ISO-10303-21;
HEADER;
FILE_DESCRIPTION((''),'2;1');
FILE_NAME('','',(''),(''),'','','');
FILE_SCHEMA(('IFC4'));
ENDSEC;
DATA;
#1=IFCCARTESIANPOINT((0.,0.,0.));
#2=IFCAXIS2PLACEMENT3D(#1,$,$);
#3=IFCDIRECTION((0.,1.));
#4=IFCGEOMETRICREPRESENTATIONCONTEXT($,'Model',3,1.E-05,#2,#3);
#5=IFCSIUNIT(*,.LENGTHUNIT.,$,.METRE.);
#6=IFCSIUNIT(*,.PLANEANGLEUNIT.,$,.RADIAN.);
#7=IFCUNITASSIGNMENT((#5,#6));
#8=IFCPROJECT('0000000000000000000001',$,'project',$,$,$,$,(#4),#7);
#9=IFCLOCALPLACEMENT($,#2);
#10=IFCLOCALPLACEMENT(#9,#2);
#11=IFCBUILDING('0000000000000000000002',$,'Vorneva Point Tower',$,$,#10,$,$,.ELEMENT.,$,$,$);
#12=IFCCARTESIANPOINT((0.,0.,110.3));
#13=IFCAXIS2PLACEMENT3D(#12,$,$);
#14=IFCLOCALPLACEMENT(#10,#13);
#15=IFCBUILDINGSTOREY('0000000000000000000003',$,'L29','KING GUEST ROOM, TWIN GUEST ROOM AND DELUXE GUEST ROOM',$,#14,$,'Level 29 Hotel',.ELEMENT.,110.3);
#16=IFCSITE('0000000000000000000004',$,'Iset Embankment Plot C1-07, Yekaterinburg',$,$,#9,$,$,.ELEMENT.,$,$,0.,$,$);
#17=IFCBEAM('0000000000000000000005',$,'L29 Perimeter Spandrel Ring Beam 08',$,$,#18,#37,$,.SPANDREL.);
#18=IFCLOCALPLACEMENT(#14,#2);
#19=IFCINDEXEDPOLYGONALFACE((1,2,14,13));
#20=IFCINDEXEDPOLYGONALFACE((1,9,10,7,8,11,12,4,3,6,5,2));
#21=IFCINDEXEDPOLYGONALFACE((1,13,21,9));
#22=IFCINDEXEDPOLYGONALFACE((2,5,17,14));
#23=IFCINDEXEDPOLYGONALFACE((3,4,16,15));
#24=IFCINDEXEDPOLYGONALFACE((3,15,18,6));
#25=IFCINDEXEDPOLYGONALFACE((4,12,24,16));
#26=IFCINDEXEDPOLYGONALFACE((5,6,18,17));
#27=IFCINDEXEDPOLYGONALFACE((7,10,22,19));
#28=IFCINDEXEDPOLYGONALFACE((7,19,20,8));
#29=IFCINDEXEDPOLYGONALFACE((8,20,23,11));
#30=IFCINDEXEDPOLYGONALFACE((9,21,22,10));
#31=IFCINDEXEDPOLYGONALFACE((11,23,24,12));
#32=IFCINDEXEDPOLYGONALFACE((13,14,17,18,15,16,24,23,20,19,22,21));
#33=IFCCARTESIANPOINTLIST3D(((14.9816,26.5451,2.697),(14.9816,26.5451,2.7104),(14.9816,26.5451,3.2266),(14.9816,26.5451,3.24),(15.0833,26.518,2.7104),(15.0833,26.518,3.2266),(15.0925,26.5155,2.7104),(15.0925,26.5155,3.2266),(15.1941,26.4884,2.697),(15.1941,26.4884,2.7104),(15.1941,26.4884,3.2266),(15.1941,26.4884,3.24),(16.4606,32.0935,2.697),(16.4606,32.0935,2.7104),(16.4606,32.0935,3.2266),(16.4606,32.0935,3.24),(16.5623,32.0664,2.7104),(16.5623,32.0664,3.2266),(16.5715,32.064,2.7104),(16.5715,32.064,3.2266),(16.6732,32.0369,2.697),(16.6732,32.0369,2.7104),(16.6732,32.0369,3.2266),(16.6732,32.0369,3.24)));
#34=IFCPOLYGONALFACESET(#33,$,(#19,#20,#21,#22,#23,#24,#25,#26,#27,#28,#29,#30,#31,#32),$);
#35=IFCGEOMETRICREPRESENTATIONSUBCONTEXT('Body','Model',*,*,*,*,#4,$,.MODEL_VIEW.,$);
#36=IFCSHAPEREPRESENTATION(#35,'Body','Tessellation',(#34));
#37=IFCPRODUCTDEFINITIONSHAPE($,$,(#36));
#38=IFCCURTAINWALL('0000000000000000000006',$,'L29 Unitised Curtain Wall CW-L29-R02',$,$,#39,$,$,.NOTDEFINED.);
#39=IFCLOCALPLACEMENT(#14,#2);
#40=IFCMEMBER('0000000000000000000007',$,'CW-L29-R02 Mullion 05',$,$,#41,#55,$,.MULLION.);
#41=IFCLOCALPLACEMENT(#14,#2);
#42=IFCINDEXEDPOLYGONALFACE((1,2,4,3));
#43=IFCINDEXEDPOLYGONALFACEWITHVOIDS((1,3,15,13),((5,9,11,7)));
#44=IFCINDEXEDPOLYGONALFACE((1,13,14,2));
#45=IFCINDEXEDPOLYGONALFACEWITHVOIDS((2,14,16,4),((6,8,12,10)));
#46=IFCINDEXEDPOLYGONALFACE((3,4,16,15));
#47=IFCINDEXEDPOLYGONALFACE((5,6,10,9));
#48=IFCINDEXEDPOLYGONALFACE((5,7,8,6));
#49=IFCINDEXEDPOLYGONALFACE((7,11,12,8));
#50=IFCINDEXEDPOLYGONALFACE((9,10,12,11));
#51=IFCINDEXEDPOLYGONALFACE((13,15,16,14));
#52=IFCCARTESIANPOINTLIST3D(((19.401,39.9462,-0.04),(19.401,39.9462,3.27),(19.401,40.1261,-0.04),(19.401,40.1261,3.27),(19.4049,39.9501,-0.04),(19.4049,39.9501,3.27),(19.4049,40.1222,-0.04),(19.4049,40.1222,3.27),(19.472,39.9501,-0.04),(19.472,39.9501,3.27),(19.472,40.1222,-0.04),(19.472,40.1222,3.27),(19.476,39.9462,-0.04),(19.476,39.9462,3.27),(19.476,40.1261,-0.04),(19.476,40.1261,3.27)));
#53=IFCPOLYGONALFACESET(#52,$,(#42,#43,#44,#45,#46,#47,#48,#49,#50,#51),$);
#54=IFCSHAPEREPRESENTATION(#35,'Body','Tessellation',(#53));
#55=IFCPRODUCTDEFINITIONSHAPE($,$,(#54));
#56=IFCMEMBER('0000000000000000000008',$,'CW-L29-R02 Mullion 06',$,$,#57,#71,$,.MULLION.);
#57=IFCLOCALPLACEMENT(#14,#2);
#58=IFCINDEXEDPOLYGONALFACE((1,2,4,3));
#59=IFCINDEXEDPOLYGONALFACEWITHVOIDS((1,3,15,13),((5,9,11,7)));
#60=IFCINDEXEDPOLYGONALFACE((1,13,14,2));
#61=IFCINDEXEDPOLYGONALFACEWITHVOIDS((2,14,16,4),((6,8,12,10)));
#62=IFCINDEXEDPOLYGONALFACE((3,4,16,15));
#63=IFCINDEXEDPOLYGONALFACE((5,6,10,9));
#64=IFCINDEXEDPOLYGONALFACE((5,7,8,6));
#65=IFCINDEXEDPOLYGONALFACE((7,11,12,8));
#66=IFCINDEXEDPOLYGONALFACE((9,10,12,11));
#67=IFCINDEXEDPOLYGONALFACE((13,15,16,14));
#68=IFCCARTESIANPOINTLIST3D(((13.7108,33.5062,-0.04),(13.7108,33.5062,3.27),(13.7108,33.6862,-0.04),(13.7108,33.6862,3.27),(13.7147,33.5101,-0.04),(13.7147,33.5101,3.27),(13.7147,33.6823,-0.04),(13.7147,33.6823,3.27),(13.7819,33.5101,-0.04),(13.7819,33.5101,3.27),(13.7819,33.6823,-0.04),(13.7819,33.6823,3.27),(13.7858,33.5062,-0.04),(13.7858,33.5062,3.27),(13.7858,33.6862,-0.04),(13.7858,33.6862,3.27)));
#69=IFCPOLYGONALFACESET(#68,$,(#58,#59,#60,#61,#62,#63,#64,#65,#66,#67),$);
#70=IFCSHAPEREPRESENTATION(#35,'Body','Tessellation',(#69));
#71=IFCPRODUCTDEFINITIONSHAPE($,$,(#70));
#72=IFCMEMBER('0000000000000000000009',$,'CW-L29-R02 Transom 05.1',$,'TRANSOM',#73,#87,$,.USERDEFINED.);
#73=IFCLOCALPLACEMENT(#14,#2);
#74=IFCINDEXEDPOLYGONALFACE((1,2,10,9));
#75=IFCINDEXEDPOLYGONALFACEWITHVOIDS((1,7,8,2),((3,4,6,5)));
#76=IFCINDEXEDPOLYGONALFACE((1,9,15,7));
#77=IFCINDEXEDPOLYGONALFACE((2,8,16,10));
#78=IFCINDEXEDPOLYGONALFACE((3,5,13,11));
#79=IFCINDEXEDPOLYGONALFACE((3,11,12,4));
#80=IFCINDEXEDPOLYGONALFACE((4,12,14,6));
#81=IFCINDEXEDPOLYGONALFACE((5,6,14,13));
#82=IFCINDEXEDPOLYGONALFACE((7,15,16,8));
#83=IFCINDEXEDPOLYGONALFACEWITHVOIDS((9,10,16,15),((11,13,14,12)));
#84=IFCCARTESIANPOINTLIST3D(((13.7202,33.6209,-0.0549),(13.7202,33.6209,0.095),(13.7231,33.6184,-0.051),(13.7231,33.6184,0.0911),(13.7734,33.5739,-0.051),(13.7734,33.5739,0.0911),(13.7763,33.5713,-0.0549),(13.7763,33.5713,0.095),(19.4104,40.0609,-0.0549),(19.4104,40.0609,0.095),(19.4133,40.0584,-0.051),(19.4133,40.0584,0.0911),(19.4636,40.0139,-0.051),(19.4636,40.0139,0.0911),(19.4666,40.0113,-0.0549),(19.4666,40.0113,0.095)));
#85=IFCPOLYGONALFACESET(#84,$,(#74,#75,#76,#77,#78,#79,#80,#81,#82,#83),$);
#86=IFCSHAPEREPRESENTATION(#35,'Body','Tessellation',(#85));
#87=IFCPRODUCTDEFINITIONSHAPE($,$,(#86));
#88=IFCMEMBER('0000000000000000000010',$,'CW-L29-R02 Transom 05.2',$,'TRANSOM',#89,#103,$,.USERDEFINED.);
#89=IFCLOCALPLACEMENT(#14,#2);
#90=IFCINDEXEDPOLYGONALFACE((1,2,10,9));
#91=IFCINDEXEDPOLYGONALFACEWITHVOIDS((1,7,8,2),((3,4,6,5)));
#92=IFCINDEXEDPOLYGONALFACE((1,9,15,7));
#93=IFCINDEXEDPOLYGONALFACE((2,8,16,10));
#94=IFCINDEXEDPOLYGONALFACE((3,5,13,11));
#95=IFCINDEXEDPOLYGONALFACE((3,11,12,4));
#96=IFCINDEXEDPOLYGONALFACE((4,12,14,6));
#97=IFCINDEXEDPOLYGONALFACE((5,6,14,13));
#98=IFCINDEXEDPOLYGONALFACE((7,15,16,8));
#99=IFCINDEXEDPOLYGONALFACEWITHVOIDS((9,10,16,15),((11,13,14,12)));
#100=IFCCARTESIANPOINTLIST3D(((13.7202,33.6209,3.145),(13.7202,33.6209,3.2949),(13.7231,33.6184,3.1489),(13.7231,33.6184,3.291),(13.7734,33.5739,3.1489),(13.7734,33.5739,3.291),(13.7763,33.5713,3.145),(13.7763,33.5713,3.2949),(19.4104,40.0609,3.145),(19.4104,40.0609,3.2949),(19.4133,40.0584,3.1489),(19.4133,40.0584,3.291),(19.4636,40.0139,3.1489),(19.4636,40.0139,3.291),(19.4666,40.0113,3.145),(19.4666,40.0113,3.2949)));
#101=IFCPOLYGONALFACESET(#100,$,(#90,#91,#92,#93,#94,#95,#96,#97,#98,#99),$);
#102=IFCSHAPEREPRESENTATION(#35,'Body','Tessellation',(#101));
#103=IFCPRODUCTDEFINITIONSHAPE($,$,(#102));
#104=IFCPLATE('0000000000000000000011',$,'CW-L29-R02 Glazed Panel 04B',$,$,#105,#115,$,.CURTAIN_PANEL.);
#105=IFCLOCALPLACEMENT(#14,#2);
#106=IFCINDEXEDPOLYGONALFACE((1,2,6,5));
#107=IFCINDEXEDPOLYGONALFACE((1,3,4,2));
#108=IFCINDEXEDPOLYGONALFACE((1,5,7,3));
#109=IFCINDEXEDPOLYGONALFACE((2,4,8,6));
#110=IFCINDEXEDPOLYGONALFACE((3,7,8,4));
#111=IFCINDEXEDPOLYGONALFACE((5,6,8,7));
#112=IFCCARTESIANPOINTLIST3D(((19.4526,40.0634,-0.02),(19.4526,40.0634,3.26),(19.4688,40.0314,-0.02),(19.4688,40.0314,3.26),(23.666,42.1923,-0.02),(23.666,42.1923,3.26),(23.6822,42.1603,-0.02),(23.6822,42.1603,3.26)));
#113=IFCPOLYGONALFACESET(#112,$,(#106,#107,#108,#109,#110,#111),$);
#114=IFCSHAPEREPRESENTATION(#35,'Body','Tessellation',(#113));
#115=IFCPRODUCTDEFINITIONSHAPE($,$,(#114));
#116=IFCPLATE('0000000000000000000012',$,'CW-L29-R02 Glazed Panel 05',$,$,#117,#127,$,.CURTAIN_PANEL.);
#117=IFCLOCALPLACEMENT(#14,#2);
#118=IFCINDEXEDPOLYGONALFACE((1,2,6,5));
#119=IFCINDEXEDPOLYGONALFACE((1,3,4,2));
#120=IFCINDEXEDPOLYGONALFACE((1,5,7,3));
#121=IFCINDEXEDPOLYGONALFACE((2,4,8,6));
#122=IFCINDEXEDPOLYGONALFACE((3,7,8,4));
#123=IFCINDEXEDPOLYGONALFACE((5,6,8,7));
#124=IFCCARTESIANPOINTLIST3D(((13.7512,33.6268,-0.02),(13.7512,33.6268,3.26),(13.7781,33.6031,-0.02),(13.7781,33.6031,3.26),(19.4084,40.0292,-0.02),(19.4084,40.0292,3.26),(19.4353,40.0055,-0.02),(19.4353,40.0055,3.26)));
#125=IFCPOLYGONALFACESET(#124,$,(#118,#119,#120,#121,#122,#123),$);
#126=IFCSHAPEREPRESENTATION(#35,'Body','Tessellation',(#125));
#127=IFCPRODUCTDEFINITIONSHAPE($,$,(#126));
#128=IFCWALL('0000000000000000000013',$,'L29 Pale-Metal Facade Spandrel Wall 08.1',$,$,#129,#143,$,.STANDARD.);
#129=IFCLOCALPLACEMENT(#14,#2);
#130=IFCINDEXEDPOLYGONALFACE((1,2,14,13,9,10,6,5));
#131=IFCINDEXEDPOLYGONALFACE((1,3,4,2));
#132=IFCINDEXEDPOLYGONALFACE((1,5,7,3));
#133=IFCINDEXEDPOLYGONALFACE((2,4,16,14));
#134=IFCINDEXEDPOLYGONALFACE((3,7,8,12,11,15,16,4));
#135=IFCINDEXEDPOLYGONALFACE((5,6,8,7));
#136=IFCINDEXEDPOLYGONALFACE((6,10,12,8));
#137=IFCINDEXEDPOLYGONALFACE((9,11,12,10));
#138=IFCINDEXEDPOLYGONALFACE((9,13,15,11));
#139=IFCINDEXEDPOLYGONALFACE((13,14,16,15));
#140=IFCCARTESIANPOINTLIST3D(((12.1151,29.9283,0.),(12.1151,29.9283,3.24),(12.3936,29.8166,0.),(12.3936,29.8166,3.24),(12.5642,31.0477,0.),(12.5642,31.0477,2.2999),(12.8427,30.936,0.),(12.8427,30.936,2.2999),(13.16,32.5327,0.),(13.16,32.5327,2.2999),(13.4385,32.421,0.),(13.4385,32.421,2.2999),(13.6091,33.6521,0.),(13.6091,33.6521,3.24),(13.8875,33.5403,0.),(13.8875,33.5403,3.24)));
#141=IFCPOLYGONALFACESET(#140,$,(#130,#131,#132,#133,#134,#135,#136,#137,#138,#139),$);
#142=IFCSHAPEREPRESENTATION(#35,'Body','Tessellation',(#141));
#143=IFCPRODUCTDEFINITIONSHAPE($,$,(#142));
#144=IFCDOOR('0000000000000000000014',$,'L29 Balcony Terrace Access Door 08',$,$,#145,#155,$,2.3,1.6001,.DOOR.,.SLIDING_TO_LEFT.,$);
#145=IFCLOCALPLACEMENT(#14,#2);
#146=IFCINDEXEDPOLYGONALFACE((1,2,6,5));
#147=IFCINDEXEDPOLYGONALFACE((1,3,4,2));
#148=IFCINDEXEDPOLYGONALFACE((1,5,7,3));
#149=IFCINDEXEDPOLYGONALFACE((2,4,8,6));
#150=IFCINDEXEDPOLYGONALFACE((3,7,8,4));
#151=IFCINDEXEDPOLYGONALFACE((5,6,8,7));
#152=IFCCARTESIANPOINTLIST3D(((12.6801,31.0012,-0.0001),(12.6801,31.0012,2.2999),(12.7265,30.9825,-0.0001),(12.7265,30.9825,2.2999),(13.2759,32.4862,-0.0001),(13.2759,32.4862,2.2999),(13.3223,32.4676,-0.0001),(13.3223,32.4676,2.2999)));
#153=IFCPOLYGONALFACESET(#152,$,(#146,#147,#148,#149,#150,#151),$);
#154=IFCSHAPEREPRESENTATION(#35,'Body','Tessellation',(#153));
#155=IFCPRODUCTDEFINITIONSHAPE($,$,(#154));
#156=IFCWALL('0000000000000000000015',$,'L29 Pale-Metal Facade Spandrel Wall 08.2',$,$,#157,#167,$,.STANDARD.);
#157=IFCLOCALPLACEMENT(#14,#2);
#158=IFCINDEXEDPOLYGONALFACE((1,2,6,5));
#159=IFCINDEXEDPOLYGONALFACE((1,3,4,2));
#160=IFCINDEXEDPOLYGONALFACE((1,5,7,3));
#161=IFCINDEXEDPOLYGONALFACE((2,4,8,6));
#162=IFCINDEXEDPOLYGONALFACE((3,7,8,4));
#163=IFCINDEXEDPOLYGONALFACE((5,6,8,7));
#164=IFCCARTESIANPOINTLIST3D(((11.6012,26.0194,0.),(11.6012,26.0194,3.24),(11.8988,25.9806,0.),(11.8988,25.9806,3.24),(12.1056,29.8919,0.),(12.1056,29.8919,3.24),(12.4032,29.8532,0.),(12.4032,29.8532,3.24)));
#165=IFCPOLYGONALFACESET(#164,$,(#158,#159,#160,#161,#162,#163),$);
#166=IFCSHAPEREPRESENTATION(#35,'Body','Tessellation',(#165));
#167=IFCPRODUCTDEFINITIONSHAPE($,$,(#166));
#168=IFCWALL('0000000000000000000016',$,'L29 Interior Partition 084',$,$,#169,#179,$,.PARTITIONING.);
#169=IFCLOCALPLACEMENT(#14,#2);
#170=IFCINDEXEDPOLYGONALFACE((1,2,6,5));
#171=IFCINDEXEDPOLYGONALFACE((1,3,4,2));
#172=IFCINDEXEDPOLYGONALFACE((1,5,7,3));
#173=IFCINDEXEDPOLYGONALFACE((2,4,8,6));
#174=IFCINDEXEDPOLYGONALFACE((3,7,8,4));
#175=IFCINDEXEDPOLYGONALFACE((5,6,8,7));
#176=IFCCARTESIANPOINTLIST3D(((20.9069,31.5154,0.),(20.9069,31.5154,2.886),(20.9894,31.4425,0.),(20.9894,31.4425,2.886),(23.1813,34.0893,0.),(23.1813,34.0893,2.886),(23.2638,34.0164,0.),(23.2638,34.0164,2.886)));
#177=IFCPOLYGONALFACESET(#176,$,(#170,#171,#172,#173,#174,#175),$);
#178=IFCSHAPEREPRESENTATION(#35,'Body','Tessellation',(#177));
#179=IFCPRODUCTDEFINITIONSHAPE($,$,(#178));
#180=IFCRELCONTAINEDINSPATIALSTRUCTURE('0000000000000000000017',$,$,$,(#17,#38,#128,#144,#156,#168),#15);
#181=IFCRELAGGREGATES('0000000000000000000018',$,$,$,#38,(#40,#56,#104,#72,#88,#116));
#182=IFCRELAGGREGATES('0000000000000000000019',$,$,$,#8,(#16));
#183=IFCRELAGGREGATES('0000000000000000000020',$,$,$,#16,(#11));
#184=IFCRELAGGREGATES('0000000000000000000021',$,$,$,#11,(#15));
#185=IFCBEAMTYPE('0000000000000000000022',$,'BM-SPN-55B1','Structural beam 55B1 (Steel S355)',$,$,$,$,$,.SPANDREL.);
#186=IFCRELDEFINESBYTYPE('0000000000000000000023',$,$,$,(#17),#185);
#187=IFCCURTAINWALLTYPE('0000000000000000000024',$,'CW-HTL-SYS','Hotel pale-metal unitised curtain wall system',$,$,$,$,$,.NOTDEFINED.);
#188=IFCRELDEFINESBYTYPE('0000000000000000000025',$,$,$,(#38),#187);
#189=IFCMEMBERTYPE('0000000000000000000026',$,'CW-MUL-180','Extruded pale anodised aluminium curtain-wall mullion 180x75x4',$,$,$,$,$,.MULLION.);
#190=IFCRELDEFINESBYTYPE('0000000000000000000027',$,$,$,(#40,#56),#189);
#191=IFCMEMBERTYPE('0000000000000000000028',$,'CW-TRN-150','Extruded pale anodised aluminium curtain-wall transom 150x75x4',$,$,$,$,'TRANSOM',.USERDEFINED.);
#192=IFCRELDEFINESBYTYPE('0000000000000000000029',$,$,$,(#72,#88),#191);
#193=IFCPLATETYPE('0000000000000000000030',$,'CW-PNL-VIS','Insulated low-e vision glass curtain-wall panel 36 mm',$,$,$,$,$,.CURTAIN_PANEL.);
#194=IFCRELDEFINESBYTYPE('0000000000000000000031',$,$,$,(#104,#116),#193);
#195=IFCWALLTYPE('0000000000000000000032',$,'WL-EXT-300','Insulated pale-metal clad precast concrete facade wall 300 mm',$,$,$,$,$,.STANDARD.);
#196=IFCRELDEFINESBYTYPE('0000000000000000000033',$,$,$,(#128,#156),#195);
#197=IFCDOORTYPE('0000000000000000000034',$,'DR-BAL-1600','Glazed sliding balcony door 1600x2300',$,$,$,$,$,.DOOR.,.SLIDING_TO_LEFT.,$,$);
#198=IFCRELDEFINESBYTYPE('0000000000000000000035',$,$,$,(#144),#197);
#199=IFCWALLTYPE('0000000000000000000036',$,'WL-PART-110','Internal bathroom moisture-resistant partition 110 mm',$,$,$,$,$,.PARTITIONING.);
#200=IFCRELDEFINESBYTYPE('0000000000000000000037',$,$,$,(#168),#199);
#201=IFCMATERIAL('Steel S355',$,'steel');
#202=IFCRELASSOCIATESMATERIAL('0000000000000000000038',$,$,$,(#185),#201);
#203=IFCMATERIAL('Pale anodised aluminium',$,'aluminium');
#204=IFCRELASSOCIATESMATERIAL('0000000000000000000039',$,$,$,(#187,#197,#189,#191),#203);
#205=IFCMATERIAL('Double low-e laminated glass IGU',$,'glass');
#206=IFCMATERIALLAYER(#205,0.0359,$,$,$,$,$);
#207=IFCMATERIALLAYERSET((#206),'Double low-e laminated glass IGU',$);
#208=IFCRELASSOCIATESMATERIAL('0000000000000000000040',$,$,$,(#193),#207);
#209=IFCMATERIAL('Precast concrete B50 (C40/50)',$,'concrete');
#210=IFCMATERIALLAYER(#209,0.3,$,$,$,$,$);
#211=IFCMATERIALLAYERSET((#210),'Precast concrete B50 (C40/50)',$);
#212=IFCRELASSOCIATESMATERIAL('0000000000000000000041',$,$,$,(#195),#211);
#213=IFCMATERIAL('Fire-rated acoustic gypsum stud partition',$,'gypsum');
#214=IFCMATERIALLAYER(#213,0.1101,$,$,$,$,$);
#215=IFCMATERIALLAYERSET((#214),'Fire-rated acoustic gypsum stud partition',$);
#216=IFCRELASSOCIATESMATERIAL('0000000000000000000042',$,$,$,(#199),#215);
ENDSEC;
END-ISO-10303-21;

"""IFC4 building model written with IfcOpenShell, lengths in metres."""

from ifc_helpers import new_model, si_unit, direction, frame, frame_2d, origin, origin_2d, place, context, subcontext, project, spatial, rectangle, hollow_rectangle, i_section, extrude, material, layer, layer_set, material_profile, profile_set, type_object, element, fill, aggregate, save


model = new_model("IFC4")

# Units and contexts
model_context = context("Model", 3, precision=1e-05, world=origin(), true_north=direction((0.0, 1.0)))
body_context = subcontext(model_context, "Body", "Model", "MODEL_VIEW")
ifc_project = project(units=[si_unit("LENGTHUNIT", "METRE"), si_unit("PLANEANGLEUNIT", "RADIAN")], contexts=[model_context])

# Site, building, storey
site_placement = place(None, origin())
site = spatial("IfcSite", under=ifc_project, at=site_placement, Name="Iset Embankment Plot C1-07, Yekaterinburg", CompositionType="ELEMENT", RefElevation=0.0)
building_placement = place(site_placement, origin())
building = spatial("IfcBuilding", under=site, at=building_placement, Name="Vorneva Point Tower", CompositionType="ELEMENT")
storey_placement = place(building_placement, frame((0.0, 0.0, 110.3)))
storey = spatial("IfcBuildingStorey", under=building, at=storey_placement, Name="L29", Description="KING GUEST ROOM, TWIN GUEST ROOM AND DELUXE GUEST ROOM", LongName="Level 29 Hotel", CompositionType="ELEMENT", Elevation=110.3)

# Beam
ifc_material_1 = material(Name="Steel S355", Category="steel")
ifc_material_profile_1 = material_profile(ifc_material_1, i_section(OverallWidth=0.22, OverallDepth=0.543, WebThickness=0.0095, FlangeThickness=0.0134, at=origin_2d()), Name="55B1")
ifc_profile_set_1 = profile_set([ifc_material_profile_1], Name="Steel S355")
beam_type_1 = type_object("IfcBeamType", Name="BM-SPN-55B1", Description="Structural beam 55B1 (Steel S355)", PredefinedType="SPANDREL", material=ifc_profile_set_1)
beam_1_placement = place(storey_placement, frame((16.5669, 32.0652, 2.9685), z_axis=(-0.257573, -0.966259, 0.0), x_axis=(0.966259, -0.257573, 0.0)))
element("IfcBeam", 1, at=beam_1_placement, inside=storey, type_object=beam_type_1, Name="L29 Perimeter Spandrel Ring Beam 08", PredefinedType="SPANDREL", context=body_context, shape_type="SweptSolid", body=[
    extrude(i_section(OverallWidth=0.22, OverallDepth=0.543, WebThickness=0.0095, FlangeThickness=0.0134, at=origin_2d()), origin(), (0.0, 0.0, 1.0), 5.7422),
])

# Curtain wall, members, plates
ifc_material_2 = material(Name="Pale anodised aluminium", Category="aluminium")
curtain_wall_type = type_object("IfcCurtainWallType", Name="CW-HTL-SYS", Description="Hotel pale-metal unitised curtain wall system", PredefinedType="NOTDEFINED", material=ifc_material_2)
curtain_wall_placement = place(storey_placement, origin())
curtain_wall = element("IfcCurtainWall", 2, at=curtain_wall_placement, inside=storey, type_object=curtain_wall_type, Name="L29 Unitised Curtain Wall CW-L29-R02", PredefinedType="NOTDEFINED")
ifc_material_profile_2 = material_profile(ifc_material_2, hollow_rectangle(XDim=0.075, YDim=0.1799, WallThickness=0.0039, at=origin_2d()), Name="AL-MUL 180x75x4")
ifc_profile_set_2 = profile_set([ifc_material_profile_2], Name="Pale anodised aluminium")
member_type_1 = type_object("IfcMemberType", Name="CW-MUL-180", Description="Extruded pale anodised aluminium curtain-wall mullion 180x75x4", PredefinedType="MULLION", material=ifc_profile_set_2)
member_1_placement = place(storey_placement, frame((19.4385, 40.0361, -0.04), z_axis=(0.0, 0.0, 1.0), x_axis=(1.0, 0.0, 0.0)))
member_1 = element("IfcMember", 3, at=member_1_placement, type_object=member_type_1, Name="CW-L29-R02 Mullion 05", PredefinedType="MULLION", context=body_context, shape_type="SweptSolid", body=[
    extrude(hollow_rectangle(XDim=0.075, YDim=0.1799, WallThickness=0.0039, at=origin_2d()), origin(), (0.0, 0.0, 1.0), 3.3101),
])
member_2_placement = place(storey_placement, frame((13.7483, 33.5962, -0.04), z_axis=(0.0, 0.0, 1.0), x_axis=(1.0, 0.0, 0.0)))
member_2 = element("IfcMember", 4, at=member_2_placement, type_object=member_type_1, Name="CW-L29-R02 Mullion 06", PredefinedType="MULLION", context=body_context, shape_type="SweptSolid", body=[
    extrude(hollow_rectangle(XDim=0.075, YDim=0.1799, WallThickness=0.0039, at=origin_2d()), origin(), (0.0, 0.0, 1.0), 3.3101),
])
ifc_material_profile_3 = material_profile(ifc_material_2, hollow_rectangle(XDim=0.075, YDim=0.1499, WallThickness=0.0039, at=origin_2d()), Name="AL-TRN 150x75x4")
ifc_profile_set_3 = profile_set([ifc_material_profile_3], Name="Pale anodised aluminium")
member_type_2 = type_object("IfcMemberType", Name="CW-TRN-150", Description="Extruded pale anodised aluminium curtain-wall transom 150x75x4", ElementType="TRANSOM", PredefinedType="USERDEFINED", material=ifc_profile_set_3)
member_3_placement = place(storey_placement, frame((19.4385, 40.0361, 0.02), z_axis=(-0.662137, -0.749383, 0.0), x_axis=(0.749383, -0.662137, 0.0)))
member_3 = element("IfcMember", 5, at=member_3_placement, type_object=member_type_2, Name="CW-L29-R02 Transom 05.1", ObjectType="TRANSOM", PredefinedType="USERDEFINED", context=body_context, shape_type="SweptSolid", body=[
    extrude(hollow_rectangle(XDim=0.075, YDim=0.1499, WallThickness=0.0039, at=origin_2d()), origin(), (0.0, 0.0, 1.0), 8.5938),
])
member_4_placement = place(storey_placement, frame((19.4385, 40.0361, 3.22), z_axis=(-0.662137, -0.749383, 0.0), x_axis=(0.749383, -0.662137, 0.0)))
member_4 = element("IfcMember", 6, at=member_4_placement, type_object=member_type_2, Name="CW-L29-R02 Transom 05.2", ObjectType="TRANSOM", PredefinedType="USERDEFINED", context=body_context, shape_type="SweptSolid", body=[
    extrude(hollow_rectangle(XDim=0.075, YDim=0.1499, WallThickness=0.0039, at=origin_2d()), origin(), (0.0, 0.0, 1.0), 8.5938),
])
ifc_material_3 = material(Name="Double low-e laminated glass IGU", Category="glass")
ifc_layer_1 = layer(ifc_material_3, 0.0359)
ifc_layer_set_1 = layer_set([ifc_layer_1], Name="Double low-e laminated glass IGU")
plate_type = type_object("IfcPlateType", Name="CW-PNL-VIS", Description="Insulated low-e vision glass curtain-wall panel 36 mm", PredefinedType="CURTAIN_PANEL", material=ifc_layer_set_1)
plate_1_placement = place(storey_placement, frame((21.5674, 41.1118, -0.02), z_axis=(0.0, 0.0, 1.0), x_axis=(-0.892539, -0.450971, 0.0)))
plate_1 = element("IfcPlate", 7, at=plate_1_placement, type_object=plate_type, Name="CW-L29-R02 Glazed Panel 04B", PredefinedType="CURTAIN_PANEL", context=body_context, shape_type="SweptSolid", body=[
    extrude(rectangle(XDim=4.7207, YDim=0.0359, at=origin_2d()), origin(), (0.0, 0.0, 1.0), 3.28),
])
plate_2_placement = place(storey_placement, frame((16.5933, 36.8162, -0.02), z_axis=(0.0, 0.0, 1.0), x_axis=(-0.662149, -0.749372, 0.0)))
plate_2 = element("IfcPlate", 8, at=plate_2_placement, type_object=plate_type, Name="CW-L29-R02 Glazed Panel 05", PredefinedType="CURTAIN_PANEL", context=body_context, shape_type="SweptSolid", body=[
    extrude(rectangle(XDim=8.5437, YDim=0.0359, at=origin_2d()), origin(), (0.0, 0.0, 1.0), 3.28),
])
aggregate(curtain_wall, [member_1, member_2, plate_1, member_3, member_4, plate_2])

# Wall, opening, door
ifc_material_4 = material(Name="Precast concrete B50 (C40/50)", Category="concrete")
ifc_layer_2 = layer(ifc_material_4, 0.3)
ifc_layer_set_2 = layer_set([ifc_layer_2], Name="Precast concrete B50 (C40/50)")
wall_type_1 = type_object("IfcWallType", Name="WL-EXT-300", Description="Insulated pale-metal clad precast concrete facade wall 300 mm", PredefinedType="STANDARD", material=ifc_layer_set_2)
wall_1_placement = place(storey_placement, frame((13.7483, 33.5962, 0.0), z_axis=(0.0, 0.0, 1.0), x_axis=(-0.372345, -0.928094, 0.0)))
wall_1 = element("IfcWall", 9, at=wall_1_placement, inside=storey, type_object=wall_type_1, Name="L29 Pale-Metal Facade Spandrel Wall 08.1", PredefinedType="STANDARD", context=body_context, shape_type="SweptSolid", body=[
    extrude(rectangle(XDim=4.0122, YDim=0.3, at=frame_2d((2.0061, 0.0))), origin(), (0.0, 0.0, 1.0), 3.24),
])
opening_placement = place(wall_1_placement, frame((1.2061, 0.0, 0.0)))
opening = element("IfcOpeningElement", 10, at=opening_placement, cuts=wall_1, PredefinedType="OPENING", context=body_context, shape_type="SweptSolid", body=[
    extrude(rectangle(XDim=1.6001, YDim=2.3, at=frame_2d((0.8, 1.1499))), frame((0.0, 0.165, 0.0), z_axis=(0.0, -1.0, 0.0), x_axis=(1.0, 0.0, 0.0)), (0.0, 0.0, 1.0), 0.3298),
])
door_type = type_object("IfcDoorType", Name="DR-BAL-1600", Description="Glazed sliding balcony door 1600x2300", OperationType="SLIDING_TO_LEFT", PredefinedType="DOOR", material=ifc_material_2)
door_placement = place(opening_placement, origin())
door = element("IfcDoor", 11, at=door_placement, inside=storey, type_object=door_type, Name="L29 Balcony Terrace Access Door 08", OperationType="SLIDING_TO_LEFT", OverallHeight=2.3, OverallWidth=1.6001, PredefinedType="DOOR", context=body_context, shape_type="SweptSolid", body=[
    extrude(rectangle(XDim=1.6001, YDim=2.3, at=frame_2d((0.8, 1.1499))), frame((0.0, 0.0249, 0.0), z_axis=(0.0, -1.0, 0.0), x_axis=(1.0, 0.0, 0.0)), (0.0, 0.0, 1.0), 0.05),
])
fill(opening, door)

# Walls
wall_2_placement = place(storey_placement, frame((12.2544, 29.8726, 0.0), z_axis=(0.0, 0.0, 1.0), x_axis=(-0.129157, -0.991624, 0.0)))
element("IfcWall", 12, at=wall_2_placement, inside=storey, type_object=wall_type_1, Name="L29 Pale-Metal Facade Spandrel Wall 08.2", PredefinedType="STANDARD", context=body_context, shape_type="SweptSolid", body=[
    extrude(rectangle(XDim=3.9053, YDim=0.3, at=frame_2d((1.9526, 0.0))), origin(), (0.0, 0.0, 1.0), 3.24),
])
ifc_material_5 = material(Name="Fire-rated acoustic gypsum stud partition", Category="gypsum")
ifc_layer_3 = layer(ifc_material_5, 0.1101)
ifc_layer_set_3 = layer_set([ifc_layer_3], Name="Fire-rated acoustic gypsum stud partition")
wall_type_2 = type_object("IfcWallType", Name="WL-PART-110", Description="Internal bathroom moisture-resistant partition 110 mm", PredefinedType="PARTITIONING", material=ifc_layer_set_3)
wall_3_placement = place(storey_placement, frame((20.9482, 31.479, 0.0), z_axis=(0.0, 0.0, 1.0), x_axis=(0.662155, 0.749367, 0.0)))
element("IfcWall", 13, at=wall_3_placement, inside=storey, type_object=wall_type_2, Name="L29 Interior Partition 084", PredefinedType="PARTITIONING", context=body_context, shape_type="SweptSolid", body=[
    extrude(rectangle(XDim=3.4348, YDim=0.1101, at=frame_2d((1.7173, 0.0))), origin(), (0.0, 0.0, 1.0), 2.886),
])

save(model, "model.ifc")
